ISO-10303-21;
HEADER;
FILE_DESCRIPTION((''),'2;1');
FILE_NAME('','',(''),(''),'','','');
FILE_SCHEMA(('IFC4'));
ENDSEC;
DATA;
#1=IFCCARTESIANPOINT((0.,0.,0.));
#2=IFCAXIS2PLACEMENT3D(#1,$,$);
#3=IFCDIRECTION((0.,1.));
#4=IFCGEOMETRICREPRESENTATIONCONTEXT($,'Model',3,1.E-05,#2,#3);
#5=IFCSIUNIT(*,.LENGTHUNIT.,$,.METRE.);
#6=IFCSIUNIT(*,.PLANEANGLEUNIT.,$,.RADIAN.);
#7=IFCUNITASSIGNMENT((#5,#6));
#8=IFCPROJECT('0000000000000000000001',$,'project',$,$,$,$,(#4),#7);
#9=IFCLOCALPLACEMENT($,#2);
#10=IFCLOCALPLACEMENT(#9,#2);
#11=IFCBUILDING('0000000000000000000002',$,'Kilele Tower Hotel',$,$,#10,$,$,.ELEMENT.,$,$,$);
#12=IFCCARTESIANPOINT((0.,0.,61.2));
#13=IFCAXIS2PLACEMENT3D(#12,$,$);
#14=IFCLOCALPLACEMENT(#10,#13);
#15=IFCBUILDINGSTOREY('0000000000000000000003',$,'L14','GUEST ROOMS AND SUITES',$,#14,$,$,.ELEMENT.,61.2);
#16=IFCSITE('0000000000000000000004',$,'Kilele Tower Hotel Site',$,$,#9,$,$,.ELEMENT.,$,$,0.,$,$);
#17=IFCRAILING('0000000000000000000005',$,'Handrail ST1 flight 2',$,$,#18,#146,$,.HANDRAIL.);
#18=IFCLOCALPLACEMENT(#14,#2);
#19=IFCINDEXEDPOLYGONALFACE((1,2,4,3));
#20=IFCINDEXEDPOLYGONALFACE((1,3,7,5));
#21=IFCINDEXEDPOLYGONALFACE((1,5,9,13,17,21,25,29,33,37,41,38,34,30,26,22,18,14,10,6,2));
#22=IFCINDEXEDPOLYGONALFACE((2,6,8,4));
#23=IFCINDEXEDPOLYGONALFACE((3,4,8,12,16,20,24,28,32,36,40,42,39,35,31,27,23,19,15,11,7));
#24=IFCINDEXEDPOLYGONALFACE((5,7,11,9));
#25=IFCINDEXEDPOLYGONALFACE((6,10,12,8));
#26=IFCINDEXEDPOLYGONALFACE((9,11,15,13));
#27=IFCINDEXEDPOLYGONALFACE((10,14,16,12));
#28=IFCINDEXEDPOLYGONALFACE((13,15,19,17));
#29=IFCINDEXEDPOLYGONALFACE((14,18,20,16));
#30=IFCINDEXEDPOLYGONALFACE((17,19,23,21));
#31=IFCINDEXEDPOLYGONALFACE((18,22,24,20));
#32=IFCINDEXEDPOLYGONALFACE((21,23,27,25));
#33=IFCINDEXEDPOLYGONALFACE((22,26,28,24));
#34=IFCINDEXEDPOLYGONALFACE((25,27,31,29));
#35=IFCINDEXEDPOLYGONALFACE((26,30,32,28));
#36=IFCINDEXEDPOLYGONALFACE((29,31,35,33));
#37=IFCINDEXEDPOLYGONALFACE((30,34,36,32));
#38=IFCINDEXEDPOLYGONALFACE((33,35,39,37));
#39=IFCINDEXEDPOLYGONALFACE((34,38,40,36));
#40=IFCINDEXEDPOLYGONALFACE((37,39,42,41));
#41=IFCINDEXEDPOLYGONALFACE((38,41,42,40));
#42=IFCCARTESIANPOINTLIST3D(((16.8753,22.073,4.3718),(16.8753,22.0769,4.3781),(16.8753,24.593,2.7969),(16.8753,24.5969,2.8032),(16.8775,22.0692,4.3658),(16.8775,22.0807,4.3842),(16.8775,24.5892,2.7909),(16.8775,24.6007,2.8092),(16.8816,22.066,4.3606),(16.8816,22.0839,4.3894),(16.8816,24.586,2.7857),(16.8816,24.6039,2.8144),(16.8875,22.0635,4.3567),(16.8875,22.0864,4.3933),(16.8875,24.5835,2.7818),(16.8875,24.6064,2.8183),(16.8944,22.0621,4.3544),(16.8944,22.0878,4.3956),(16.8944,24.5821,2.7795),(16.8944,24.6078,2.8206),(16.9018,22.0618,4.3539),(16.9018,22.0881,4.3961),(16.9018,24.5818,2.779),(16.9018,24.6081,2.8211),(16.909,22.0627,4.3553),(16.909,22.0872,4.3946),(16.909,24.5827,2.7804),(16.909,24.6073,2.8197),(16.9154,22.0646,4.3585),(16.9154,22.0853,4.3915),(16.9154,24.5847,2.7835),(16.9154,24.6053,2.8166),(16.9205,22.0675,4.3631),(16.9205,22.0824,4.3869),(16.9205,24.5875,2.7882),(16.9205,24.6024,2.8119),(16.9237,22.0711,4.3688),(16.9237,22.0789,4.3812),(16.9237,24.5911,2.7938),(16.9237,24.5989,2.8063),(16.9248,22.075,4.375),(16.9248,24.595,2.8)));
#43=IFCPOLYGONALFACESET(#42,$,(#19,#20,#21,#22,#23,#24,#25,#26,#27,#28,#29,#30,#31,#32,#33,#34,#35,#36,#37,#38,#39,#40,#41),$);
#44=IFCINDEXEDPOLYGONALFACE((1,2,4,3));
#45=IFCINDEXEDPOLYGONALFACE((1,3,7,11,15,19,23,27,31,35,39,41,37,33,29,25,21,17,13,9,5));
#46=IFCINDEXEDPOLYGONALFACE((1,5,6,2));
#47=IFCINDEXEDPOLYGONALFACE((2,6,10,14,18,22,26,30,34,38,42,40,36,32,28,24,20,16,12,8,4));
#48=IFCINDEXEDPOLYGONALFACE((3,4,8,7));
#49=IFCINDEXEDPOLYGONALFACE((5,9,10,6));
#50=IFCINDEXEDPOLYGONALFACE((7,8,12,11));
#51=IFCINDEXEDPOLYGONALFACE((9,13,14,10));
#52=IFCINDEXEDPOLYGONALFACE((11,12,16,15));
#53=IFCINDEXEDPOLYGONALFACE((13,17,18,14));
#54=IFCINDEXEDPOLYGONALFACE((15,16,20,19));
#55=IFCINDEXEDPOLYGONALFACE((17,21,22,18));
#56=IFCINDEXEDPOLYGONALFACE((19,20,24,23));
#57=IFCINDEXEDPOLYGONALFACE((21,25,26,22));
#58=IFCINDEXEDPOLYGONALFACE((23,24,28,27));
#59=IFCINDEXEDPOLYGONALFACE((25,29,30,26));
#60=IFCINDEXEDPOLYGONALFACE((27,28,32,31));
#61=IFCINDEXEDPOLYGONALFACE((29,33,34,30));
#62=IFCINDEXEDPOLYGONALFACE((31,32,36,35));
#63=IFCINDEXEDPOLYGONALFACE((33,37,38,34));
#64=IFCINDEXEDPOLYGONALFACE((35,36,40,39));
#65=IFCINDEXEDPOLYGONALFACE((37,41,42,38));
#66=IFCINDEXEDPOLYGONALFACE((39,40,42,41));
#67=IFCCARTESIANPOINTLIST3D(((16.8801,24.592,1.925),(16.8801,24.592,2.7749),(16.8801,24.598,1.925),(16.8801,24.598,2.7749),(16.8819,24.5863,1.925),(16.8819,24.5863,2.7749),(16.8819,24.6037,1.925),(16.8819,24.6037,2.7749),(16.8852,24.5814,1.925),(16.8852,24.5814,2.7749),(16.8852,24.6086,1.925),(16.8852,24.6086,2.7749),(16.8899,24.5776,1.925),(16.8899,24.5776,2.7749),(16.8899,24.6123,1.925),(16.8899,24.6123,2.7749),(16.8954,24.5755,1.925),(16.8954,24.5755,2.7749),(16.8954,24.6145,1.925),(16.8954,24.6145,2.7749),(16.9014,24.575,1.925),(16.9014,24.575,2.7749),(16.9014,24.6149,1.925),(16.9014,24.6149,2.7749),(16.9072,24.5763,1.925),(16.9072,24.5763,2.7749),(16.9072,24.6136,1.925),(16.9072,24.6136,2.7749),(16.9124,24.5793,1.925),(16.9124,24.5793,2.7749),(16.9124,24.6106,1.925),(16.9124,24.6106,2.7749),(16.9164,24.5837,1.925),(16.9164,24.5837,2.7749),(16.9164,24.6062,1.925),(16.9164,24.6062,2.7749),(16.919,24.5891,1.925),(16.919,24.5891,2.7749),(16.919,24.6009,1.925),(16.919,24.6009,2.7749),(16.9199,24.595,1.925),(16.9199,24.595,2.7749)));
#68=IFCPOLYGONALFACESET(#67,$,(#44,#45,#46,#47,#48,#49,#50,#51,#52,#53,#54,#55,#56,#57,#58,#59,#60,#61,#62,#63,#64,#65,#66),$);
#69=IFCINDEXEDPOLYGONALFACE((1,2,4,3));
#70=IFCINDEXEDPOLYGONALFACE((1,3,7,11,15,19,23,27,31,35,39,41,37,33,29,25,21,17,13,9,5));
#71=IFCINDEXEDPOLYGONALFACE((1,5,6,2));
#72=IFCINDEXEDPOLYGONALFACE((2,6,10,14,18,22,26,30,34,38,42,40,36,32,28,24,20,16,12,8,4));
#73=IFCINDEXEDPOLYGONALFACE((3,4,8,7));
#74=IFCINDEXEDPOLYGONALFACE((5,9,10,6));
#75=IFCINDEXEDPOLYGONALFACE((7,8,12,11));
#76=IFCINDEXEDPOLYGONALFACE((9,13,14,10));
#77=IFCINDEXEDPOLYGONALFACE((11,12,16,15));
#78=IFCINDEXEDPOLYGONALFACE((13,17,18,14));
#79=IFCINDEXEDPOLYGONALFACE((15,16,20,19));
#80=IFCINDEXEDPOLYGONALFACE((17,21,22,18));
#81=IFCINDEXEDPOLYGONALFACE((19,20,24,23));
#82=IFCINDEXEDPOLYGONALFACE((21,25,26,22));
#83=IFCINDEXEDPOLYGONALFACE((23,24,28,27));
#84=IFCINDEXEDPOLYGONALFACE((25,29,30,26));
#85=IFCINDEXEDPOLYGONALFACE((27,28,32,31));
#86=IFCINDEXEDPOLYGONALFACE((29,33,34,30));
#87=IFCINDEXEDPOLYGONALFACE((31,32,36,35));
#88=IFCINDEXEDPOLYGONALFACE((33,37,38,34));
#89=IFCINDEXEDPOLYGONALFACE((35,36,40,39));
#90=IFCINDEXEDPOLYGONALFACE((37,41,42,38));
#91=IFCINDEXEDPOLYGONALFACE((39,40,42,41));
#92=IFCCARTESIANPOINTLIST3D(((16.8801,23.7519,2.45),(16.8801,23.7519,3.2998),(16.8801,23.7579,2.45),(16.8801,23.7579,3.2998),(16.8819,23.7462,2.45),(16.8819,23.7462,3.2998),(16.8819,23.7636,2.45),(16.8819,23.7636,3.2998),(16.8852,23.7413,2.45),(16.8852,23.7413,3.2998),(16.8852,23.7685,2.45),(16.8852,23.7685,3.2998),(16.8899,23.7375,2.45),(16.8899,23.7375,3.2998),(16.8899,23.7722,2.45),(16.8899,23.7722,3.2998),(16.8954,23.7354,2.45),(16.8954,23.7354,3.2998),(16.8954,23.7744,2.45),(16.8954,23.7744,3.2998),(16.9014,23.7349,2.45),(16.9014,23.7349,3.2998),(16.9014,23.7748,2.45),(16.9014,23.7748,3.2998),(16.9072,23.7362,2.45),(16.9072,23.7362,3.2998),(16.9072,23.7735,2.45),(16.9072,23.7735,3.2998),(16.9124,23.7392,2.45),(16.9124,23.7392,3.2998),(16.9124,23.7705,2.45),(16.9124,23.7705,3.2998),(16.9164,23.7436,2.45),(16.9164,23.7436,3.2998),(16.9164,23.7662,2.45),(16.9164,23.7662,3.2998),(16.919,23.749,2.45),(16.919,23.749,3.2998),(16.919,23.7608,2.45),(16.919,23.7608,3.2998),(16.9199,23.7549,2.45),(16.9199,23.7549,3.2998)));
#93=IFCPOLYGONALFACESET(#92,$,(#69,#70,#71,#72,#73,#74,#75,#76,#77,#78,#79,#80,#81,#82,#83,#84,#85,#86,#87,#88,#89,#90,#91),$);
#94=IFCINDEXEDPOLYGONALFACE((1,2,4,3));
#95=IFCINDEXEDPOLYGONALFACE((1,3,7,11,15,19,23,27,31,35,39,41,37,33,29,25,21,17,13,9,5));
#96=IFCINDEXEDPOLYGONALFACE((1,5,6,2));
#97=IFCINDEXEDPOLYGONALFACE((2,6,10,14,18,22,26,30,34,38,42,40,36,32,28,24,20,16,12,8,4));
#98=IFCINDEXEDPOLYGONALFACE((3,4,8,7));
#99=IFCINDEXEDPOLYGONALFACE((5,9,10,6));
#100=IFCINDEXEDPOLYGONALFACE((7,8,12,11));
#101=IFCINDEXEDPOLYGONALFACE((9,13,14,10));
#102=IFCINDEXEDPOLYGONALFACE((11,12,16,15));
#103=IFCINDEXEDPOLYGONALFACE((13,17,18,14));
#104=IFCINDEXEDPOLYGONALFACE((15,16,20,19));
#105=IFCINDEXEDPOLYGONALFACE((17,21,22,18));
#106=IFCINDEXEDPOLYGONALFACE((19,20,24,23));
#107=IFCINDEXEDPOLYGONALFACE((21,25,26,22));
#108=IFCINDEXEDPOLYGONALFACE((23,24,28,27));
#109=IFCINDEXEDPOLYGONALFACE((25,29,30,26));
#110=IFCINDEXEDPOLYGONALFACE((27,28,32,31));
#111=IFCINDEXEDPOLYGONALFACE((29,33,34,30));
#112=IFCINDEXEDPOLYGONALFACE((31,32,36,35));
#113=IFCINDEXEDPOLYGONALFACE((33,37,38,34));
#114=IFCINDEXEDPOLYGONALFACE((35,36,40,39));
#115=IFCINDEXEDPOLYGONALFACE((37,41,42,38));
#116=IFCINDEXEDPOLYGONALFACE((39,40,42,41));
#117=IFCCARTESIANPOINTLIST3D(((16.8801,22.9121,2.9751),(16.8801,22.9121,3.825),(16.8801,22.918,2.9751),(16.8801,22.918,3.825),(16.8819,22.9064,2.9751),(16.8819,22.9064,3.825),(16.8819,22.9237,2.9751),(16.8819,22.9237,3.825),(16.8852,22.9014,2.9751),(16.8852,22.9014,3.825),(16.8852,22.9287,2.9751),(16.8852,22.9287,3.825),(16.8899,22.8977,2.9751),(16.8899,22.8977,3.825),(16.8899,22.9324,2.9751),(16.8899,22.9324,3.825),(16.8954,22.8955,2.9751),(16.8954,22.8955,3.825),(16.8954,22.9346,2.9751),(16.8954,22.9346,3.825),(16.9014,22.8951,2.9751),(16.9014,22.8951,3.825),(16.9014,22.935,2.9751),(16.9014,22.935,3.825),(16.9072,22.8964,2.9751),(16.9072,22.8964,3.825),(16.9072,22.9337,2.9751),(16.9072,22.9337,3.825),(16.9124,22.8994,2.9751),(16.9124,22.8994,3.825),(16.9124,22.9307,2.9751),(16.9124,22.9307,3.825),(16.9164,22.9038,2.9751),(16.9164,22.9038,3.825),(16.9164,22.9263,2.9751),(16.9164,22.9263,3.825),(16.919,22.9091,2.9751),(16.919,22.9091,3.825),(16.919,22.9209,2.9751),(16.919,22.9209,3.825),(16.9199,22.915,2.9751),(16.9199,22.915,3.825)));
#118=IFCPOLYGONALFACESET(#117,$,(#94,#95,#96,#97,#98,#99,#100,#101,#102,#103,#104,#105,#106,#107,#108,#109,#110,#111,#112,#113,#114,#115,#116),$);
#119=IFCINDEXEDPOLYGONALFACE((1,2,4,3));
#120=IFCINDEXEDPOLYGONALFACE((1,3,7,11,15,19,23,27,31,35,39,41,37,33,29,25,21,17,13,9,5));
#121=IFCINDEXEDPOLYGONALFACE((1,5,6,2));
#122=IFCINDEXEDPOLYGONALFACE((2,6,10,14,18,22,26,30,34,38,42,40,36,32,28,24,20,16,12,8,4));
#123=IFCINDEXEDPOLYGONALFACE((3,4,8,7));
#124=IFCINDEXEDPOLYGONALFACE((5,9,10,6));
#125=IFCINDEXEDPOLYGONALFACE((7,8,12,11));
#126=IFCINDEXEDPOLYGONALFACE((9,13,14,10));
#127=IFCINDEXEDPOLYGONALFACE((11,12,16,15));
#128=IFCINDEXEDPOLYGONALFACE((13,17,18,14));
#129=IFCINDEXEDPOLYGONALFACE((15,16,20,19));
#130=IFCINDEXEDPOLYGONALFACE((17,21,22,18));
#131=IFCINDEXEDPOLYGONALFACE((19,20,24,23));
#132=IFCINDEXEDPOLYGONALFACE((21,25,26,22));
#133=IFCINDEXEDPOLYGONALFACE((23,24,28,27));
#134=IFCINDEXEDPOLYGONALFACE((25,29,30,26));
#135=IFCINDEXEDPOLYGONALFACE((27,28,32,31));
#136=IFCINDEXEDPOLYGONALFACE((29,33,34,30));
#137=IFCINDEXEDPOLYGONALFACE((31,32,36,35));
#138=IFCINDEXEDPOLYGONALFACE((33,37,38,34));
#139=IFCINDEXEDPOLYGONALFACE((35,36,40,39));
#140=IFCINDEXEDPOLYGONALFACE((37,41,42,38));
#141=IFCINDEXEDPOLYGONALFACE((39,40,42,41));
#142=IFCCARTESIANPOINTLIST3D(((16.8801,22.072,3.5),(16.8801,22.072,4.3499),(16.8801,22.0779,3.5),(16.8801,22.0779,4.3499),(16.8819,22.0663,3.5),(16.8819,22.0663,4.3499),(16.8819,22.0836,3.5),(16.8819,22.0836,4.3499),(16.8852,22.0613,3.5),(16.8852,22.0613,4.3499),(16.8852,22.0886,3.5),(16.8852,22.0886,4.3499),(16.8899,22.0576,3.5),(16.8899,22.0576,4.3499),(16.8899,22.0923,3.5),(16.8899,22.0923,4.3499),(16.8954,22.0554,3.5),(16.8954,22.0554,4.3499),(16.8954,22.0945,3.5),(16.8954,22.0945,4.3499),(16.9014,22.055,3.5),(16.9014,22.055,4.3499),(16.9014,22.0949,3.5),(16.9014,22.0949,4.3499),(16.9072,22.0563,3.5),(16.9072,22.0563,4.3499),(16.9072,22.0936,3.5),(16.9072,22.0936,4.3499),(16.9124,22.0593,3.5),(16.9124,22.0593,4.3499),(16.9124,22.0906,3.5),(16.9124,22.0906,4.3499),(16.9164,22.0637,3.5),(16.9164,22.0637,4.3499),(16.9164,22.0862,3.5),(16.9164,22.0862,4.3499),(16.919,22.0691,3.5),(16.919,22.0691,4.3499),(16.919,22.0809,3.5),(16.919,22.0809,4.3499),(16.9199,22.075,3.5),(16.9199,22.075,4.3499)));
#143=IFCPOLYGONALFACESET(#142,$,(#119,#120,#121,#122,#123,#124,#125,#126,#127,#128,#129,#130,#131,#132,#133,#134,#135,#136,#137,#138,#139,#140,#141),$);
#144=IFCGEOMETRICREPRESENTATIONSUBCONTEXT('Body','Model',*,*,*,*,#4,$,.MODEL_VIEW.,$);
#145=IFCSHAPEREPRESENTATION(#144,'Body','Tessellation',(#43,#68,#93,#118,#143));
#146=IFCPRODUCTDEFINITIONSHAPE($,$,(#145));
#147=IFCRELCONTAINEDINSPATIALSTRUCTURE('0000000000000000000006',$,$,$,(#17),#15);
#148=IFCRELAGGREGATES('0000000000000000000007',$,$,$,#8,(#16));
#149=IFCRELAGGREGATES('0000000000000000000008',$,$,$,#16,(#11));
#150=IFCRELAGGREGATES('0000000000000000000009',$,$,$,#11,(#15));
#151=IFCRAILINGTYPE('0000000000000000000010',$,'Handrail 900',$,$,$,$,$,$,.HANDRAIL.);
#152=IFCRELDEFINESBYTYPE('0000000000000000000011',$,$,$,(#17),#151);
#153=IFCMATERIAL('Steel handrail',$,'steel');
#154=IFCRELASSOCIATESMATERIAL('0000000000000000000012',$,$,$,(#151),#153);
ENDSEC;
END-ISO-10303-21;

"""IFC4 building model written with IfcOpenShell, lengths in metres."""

from ifc_helpers import new_model, si_unit, direction, frame, origin, origin_2d, place, context, subcontext, project, spatial, circle, extrude, material, type_object, element, save


model = new_model("IFC4")

# Units and contexts
model_context = context("Model", 3, precision=1e-05, world=origin(), true_north=direction((0.0, 1.0)))
body_context = subcontext(model_context, "Body", "Model", "MODEL_VIEW")
ifc_project = project(units=[si_unit("LENGTHUNIT", "METRE"), si_unit("PLANEANGLEUNIT", "RADIAN")], contexts=[model_context])

# Site, building, storey
site_placement = place(None, origin())
site = spatial("IfcSite", under=ifc_project, at=site_placement, Name="Kilele Tower Hotel Site", CompositionType="ELEMENT", RefElevation=0.0)
building_placement = place(site_placement, origin())
building = spatial("IfcBuilding", under=site, at=building_placement, Name="Kilele Tower Hotel", CompositionType="ELEMENT")
storey_placement = place(building_placement, frame((0.0, 0.0, 61.2)))
storey = spatial("IfcBuildingStorey", under=building, at=storey_placement, Name="L14", Description="GUEST ROOMS AND SUITES", CompositionType="ELEMENT", Elevation=61.2)

# Railing
ifc_material_1 = material(Name="Steel handrail", Category="steel")
railing_type_1 = type_object("IfcRailingType", Name="Handrail 900", PredefinedType="HANDRAIL", material=ifc_material_1)
for number, where, name in (
    (1, (16.8999, 24.595, 1.925), "Handrail ST1 flight 2"),
):
    element("IfcRailing", number, at=place(storey_placement, frame(where)), inside=storey, type_object=railing_type_1, Name=name, PredefinedType="HANDRAIL", context=body_context, shape_type="SweptSolid", body=[
        extrude(circle(Radius=0.0249, at=origin_2d()), frame((0.0, 0.0, 0.875), z_axis=(0.0, -0.848008, 0.529984), x_axis=(1.0, 0.0, 0.0)), (0.0, 0.0, 1.0), 2.9717),
        extrude(circle(Radius=0.02, at=origin_2d()), origin(), (0.0, 0.0, 1.0), 0.8499),
        extrude(circle(Radius=0.02, at=origin_2d()), frame((0.0, -0.8401, 0.5249)), (0.0, 0.0, 1.0), 0.8499),
        extrude(circle(Radius=0.02, at=origin_2d()), frame((0.0, -1.6799, 1.05)), (0.0, 0.0, 1.0), 0.8499),
        extrude(circle(Radius=0.02, at=origin_2d()), frame((0.0, -2.52, 1.575)), (0.0, 0.0, 1.0), 0.8499),
    ])

save(model, "model.ifc")
